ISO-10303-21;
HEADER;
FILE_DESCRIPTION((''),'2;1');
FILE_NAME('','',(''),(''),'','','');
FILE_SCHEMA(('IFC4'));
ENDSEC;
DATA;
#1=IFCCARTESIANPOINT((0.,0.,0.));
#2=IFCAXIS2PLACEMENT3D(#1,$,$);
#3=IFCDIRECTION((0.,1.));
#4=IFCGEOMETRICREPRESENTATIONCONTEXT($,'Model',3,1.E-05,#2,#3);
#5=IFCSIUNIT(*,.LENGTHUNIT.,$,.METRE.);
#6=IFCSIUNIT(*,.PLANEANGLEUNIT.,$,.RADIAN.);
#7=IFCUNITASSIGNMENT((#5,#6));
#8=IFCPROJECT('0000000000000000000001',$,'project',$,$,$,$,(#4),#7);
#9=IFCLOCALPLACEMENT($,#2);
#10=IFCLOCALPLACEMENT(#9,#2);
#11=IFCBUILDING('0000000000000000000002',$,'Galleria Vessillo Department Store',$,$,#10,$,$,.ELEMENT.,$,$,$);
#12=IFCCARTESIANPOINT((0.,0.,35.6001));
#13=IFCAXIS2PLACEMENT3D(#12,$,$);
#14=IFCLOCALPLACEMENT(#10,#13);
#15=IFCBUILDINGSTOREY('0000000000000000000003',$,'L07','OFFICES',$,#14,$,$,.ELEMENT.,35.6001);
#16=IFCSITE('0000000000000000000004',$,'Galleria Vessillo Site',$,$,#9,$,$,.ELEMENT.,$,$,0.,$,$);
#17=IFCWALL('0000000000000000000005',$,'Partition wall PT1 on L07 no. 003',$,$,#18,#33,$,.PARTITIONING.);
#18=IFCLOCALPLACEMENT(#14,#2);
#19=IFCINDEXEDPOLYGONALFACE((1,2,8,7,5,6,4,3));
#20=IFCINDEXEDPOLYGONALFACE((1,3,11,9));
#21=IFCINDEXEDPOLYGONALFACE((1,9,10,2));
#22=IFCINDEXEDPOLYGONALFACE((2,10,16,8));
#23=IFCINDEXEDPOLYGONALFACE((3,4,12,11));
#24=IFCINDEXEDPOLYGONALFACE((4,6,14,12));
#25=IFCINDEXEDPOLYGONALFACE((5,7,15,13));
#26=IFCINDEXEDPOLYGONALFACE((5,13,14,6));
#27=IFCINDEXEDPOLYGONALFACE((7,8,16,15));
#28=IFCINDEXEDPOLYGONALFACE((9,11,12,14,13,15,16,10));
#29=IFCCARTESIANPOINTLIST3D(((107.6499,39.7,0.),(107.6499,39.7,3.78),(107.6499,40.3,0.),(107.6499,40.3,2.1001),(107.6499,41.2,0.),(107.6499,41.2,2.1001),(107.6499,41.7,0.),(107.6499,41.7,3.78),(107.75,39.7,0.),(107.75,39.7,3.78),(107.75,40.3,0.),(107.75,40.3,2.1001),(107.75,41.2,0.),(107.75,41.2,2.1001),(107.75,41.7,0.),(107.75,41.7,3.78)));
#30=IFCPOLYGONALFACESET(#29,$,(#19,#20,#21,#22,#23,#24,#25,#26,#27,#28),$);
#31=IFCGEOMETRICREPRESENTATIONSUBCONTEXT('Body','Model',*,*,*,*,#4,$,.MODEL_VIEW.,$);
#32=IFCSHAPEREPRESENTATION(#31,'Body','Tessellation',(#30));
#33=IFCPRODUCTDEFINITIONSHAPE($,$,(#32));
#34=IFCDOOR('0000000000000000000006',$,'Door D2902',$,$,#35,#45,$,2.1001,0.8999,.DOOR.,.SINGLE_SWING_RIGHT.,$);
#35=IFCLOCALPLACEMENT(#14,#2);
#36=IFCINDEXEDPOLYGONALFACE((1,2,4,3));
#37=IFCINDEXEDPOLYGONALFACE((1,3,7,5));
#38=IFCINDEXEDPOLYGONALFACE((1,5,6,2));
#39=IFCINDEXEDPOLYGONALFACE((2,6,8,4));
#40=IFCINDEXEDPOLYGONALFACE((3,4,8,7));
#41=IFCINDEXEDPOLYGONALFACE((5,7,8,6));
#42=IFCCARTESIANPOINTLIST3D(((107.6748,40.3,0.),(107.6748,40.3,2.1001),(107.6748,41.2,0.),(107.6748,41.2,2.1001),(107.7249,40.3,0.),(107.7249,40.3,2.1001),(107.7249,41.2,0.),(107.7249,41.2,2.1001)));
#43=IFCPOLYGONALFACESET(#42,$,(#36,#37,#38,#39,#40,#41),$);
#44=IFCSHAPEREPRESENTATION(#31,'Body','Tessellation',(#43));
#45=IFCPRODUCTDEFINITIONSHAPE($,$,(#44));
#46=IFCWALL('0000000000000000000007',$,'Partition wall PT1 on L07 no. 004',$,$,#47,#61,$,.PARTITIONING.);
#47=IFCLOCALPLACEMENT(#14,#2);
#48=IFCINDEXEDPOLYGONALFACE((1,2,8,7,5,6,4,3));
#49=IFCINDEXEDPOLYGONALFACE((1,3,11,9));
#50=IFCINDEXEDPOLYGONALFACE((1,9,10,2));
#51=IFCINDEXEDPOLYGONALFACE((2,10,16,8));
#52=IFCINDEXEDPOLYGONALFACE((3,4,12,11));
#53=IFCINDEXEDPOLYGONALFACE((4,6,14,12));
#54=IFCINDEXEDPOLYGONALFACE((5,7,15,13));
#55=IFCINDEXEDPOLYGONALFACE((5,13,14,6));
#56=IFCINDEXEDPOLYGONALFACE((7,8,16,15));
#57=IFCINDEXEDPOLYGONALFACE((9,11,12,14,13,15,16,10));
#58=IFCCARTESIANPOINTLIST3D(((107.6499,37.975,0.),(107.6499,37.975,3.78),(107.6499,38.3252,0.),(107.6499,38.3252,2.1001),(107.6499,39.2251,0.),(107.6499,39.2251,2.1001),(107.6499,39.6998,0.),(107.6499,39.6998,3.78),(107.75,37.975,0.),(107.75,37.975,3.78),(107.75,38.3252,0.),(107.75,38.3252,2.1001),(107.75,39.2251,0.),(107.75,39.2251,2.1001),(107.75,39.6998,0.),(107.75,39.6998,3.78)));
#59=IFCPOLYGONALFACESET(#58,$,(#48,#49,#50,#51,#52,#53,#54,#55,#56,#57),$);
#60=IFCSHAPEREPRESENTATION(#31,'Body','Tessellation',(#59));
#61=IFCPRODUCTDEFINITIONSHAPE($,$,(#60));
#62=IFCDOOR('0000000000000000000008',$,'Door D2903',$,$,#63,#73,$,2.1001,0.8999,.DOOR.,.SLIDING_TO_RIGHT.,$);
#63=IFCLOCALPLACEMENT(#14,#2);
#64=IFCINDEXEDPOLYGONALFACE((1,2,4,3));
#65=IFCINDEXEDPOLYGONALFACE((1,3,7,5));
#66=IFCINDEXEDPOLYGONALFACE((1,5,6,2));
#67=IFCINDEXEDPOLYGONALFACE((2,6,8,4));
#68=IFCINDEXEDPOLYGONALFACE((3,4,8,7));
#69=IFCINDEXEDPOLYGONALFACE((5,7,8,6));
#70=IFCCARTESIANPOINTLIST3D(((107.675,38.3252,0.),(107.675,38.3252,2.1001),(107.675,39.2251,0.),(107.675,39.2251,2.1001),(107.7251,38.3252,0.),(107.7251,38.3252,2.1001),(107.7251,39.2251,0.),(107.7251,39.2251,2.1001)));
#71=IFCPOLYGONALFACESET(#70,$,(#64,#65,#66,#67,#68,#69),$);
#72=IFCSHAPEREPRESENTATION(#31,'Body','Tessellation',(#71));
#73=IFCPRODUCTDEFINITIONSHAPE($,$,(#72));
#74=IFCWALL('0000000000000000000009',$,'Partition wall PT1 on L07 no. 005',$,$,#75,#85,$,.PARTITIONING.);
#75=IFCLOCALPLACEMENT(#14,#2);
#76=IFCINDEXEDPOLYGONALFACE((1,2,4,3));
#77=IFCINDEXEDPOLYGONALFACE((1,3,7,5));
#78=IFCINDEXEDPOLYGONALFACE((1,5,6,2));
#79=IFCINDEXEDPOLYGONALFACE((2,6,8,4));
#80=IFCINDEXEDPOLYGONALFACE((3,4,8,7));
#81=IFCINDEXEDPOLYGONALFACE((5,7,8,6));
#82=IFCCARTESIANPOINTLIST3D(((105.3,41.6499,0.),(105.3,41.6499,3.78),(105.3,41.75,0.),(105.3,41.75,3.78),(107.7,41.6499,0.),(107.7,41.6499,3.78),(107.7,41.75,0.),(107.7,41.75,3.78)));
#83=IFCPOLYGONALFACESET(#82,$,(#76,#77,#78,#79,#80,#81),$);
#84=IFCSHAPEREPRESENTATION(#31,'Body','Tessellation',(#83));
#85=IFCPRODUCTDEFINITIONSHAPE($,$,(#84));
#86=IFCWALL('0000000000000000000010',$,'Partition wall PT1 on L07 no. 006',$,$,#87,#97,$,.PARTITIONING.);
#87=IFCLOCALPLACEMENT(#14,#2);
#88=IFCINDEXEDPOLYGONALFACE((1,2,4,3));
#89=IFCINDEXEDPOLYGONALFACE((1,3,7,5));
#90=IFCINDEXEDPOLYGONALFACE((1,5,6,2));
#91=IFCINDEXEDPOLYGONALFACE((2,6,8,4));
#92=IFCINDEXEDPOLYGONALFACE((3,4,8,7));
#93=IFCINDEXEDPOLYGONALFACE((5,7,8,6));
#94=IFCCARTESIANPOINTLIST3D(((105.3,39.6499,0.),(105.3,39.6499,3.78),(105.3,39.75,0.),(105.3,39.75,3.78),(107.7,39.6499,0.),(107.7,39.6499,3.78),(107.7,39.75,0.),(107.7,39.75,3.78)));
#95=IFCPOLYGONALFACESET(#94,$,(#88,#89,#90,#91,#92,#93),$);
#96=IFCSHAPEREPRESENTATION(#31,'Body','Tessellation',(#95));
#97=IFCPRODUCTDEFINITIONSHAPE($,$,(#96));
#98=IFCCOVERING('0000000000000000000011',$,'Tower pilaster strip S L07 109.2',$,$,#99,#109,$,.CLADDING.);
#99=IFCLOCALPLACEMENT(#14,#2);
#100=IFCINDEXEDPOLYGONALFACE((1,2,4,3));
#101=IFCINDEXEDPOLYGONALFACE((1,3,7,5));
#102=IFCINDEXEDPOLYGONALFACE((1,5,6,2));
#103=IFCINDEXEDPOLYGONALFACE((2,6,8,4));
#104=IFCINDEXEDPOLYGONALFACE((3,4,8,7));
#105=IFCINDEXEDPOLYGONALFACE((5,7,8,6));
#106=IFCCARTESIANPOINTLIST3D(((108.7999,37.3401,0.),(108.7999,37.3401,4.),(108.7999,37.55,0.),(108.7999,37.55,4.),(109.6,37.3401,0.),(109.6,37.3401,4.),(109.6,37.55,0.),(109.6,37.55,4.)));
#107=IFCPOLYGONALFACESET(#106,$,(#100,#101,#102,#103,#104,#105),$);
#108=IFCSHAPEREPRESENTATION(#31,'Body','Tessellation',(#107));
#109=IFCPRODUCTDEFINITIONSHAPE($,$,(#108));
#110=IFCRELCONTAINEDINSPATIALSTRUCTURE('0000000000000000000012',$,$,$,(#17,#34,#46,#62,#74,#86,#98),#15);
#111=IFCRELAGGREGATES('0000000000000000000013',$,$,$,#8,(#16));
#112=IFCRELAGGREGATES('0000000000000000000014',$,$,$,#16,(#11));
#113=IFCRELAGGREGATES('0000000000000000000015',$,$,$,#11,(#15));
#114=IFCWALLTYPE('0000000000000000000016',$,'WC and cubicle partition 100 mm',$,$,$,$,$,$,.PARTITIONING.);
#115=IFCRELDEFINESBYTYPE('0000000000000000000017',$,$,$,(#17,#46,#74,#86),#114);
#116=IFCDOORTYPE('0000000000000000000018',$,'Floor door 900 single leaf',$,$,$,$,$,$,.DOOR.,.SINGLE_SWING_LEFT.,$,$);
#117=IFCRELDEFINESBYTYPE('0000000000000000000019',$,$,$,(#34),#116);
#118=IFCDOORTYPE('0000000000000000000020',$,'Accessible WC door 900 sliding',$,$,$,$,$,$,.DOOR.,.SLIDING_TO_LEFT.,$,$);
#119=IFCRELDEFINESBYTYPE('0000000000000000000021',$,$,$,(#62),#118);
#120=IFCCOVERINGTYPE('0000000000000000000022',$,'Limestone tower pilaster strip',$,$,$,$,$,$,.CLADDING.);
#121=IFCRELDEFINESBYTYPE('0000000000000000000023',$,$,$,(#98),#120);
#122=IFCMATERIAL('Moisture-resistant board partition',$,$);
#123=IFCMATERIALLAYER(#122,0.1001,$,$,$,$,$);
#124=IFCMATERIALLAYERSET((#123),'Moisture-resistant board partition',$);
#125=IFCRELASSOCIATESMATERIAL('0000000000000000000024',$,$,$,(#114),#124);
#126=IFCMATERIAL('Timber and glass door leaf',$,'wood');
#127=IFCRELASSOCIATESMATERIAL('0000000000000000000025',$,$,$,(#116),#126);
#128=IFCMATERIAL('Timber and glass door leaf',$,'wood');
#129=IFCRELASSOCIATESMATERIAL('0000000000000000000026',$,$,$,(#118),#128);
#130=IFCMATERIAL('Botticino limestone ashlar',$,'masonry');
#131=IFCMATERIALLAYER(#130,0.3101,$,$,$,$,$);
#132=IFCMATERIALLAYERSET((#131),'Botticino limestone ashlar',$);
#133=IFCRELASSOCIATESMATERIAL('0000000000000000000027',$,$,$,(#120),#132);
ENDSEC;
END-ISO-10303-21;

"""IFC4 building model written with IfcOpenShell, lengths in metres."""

from ifc_helpers import new_model, si_unit, direction, frame, frame_2d, origin, origin_2d, place, context, subcontext, project, spatial, rectangle, extrude, material, layer, layer_set, type_object, element, fill, save


model = new_model("IFC4")

# Units and contexts
model_context = context("Model", 3, precision=1e-05, world=origin(), true_north=direction((0.0, 1.0)))
body_context = subcontext(model_context, "Body", "Model", "MODEL_VIEW")
ifc_project = project(units=[si_unit("LENGTHUNIT", "METRE"), si_unit("PLANEANGLEUNIT", "RADIAN")], contexts=[model_context])

# Site, building, storey
site_placement = place(None, origin())
site = spatial("IfcSite", under=ifc_project, at=site_placement, Name="Galleria Vessillo Site", CompositionType="ELEMENT", RefElevation=0.0)
building_placement = place(site_placement, origin())
building = spatial("IfcBuilding", under=site, at=building_placement, Name="Galleria Vessillo Department Store", CompositionType="ELEMENT")
storey_placement = place(building_placement, frame((0.0, 0.0, 35.6001)))
storey = spatial("IfcBuildingStorey", under=building, at=storey_placement, Name="L07", Description="OFFICES", CompositionType="ELEMENT", Elevation=35.6001)

# Shared definitions
ifc_material_1 = material(Name="Moisture-resistant board partition")
ifc_layer_1 = layer(ifc_material_1, 0.1001)
ifc_layer_set_1 = layer_set([ifc_layer_1], Name="Moisture-resistant board partition")
wall_type_1 = type_object("IfcWallType", Name="WC and cubicle partition 100 mm", PredefinedType="PARTITIONING", material=ifc_layer_set_1)
ifc_material_2 = material(Name="Timber and glass door leaf", Category="wood")
door_type_1 = type_object("IfcDoorType", Name="Floor door 900 single leaf", OperationType="SINGLE_SWING_LEFT", PredefinedType="DOOR", material=ifc_material_2)

# Walls, openings, doors
wall_1_placement = place(storey_placement, frame((107.7, 39.7, 0.0), z_axis=(0.0, 0.0, 1.0), x_axis=(0.0, 1.0, 0.0)))
wall_1 = element("IfcWall", 1, at=wall_1_placement, inside=storey, type_object=wall_type_1, Name="Partition wall PT1 on L07 no. 003", PredefinedType="PARTITIONING", context=body_context, shape_type="SweptSolid", body=[
    extrude(rectangle(XDim=2.0, YDim=0.1001, at=frame_2d((1.0, 0.0))), origin(), (0.0, 0.0, 1.0), 3.78),
])
opening_1_placement = place(wall_1_placement, frame((0.6001, 0.0, 0.0)))
opening_1 = element("IfcOpeningElement", 2, at=opening_1_placement, cuts=wall_1, PredefinedType="OPENING", context=body_context, shape_type="SweptSolid", body=[
    extrude(rectangle(XDim=0.8999, YDim=2.1001, at=frame_2d((0.45, 1.05))), frame((0.0, 0.0601, 0.0), z_axis=(0.0, -1.0, 0.0), x_axis=(1.0, 0.0, 0.0)), (0.0, 0.0, 1.0), 0.1201),
])
door_1_placement = place(opening_1_placement, frame((0.8999, 0.0, 0.0), z_axis=(0.0, 0.0, 1.0), x_axis=(-1.0, 0.0, 0.0)))
door_1 = element("IfcDoor", 3, at=door_1_placement, inside=storey, type_object=door_type_1, Name="Door D2902", OperationType="SINGLE_SWING_RIGHT", OverallHeight=2.1001, OverallWidth=0.8999, PredefinedType="DOOR", context=body_context, shape_type="SweptSolid", body=[
    extrude(rectangle(XDim=0.8999, YDim=2.1001, at=frame_2d((0.45, 1.05))), frame((0.0, 0.0249, 0.0), z_axis=(0.0, -1.0, 0.0), x_axis=(1.0, 0.0, 0.0)), (0.0, 0.0, 1.0), 0.05),
])
fill(opening_1, door_1)
wall_2_placement = place(storey_placement, frame((107.7, 37.9751, 0.0), z_axis=(0.0, 0.0, 1.0), x_axis=(0.0, 1.0, 0.0)))
wall_2 = element("IfcWall", 4, at=wall_2_placement, inside=storey, type_object=wall_type_1, Name="Partition wall PT1 on L07 no. 004", PredefinedType="PARTITIONING", context=body_context, shape_type="SweptSolid", body=[
    extrude(rectangle(XDim=1.7249, YDim=0.1001, at=frame_2d((0.8623, 0.0))), origin(), (0.0, 0.0, 1.0), 3.78),
])
opening_2_placement = place(wall_2_placement, frame((0.3501, 0.0, 0.0)))
opening_2 = element("IfcOpeningElement", 5, at=opening_2_placement, cuts=wall_2, PredefinedType="OPENING", context=body_context, shape_type="SweptSolid", body=[
    extrude(rectangle(XDim=0.8999, YDim=2.1001, at=frame_2d((0.45, 1.05))), frame((0.0, 0.0601, 0.0), z_axis=(0.0, -1.0, 0.0), x_axis=(1.0, 0.0, 0.0)), (0.0, 0.0, 1.0), 0.1201),
])
ifc_material_3 = material(Name="Timber and glass door leaf", Category="wood")
door_type_2 = type_object("IfcDoorType", Name="Accessible WC door 900 sliding", OperationType="SLIDING_TO_LEFT", PredefinedType="DOOR", material=ifc_material_3)
door_2_placement = place(opening_2_placement, origin())
door_2 = element("IfcDoor", 6, at=door_2_placement, inside=storey, type_object=door_type_2, Name="Door D2903", OperationType="SLIDING_TO_RIGHT", OverallHeight=2.1001, OverallWidth=0.8999, PredefinedType="DOOR", context=body_context, shape_type="SweptSolid", body=[
    extrude(rectangle(XDim=0.8999, YDim=2.1001, at=frame_2d((0.45, 1.05))), frame((0.0, 0.0249, 0.0), z_axis=(0.0, -1.0, 0.0), x_axis=(1.0, 0.0, 0.0)), (0.0, 0.0, 1.0), 0.05),
])
fill(opening_2, door_2)

# Walls
for number, where, z_axis, x_axis, name in (
    (7, (105.3, 41.7, 0.0), (0.0, 0.0, 1.0), (1.0, 0.0, 0.0), "Partition wall PT1 on L07 no. 005"),
    (8, (105.3, 39.7, 0.0), (0.0, 0.0, 1.0), (1.0, 0.0, 0.0), "Partition wall PT1 on L07 no. 006"),
):
    element("IfcWall", number, at=place(storey_placement, frame(where, z_axis=z_axis, x_axis=x_axis)), inside=storey, type_object=wall_type_1, Name=name, PredefinedType="PARTITIONING", context=body_context, shape_type="SweptSolid", body=[
        extrude(rectangle(XDim=2.3999, YDim=0.1001, at=frame_2d((1.2, 0.0))), origin(), (0.0, 0.0, 1.0), 3.78),
    ])

# Covering
ifc_material_4 = material(Name="Botticino limestone ashlar", Category="masonry")
ifc_layer_2 = layer(ifc_material_4, 0.3101)
ifc_layer_set_2 = layer_set([ifc_layer_2], Name="Botticino limestone ashlar")
covering_type = type_object("IfcCoveringType", Name="Limestone tower pilaster strip", PredefinedType="CLADDING", material=ifc_layer_set_2)
covering_placement = place(storey_placement, frame((109.2, 37.4451, 0.0), z_axis=(0.0, 0.0, 1.0), x_axis=(1.0, 0.0, 0.0)))
element("IfcCovering", 9, at=covering_placement, inside=storey, type_object=covering_type, Name="Tower pilaster strip S L07 109.2", PredefinedType="CLADDING", context=body_context, shape_type="SweptSolid", body=[
    extrude(rectangle(XDim=0.8, YDim=0.21, at=origin_2d()), origin(), (0.0, 0.0, 1.0), 4.0),
])

save(model, "model.ifc")
